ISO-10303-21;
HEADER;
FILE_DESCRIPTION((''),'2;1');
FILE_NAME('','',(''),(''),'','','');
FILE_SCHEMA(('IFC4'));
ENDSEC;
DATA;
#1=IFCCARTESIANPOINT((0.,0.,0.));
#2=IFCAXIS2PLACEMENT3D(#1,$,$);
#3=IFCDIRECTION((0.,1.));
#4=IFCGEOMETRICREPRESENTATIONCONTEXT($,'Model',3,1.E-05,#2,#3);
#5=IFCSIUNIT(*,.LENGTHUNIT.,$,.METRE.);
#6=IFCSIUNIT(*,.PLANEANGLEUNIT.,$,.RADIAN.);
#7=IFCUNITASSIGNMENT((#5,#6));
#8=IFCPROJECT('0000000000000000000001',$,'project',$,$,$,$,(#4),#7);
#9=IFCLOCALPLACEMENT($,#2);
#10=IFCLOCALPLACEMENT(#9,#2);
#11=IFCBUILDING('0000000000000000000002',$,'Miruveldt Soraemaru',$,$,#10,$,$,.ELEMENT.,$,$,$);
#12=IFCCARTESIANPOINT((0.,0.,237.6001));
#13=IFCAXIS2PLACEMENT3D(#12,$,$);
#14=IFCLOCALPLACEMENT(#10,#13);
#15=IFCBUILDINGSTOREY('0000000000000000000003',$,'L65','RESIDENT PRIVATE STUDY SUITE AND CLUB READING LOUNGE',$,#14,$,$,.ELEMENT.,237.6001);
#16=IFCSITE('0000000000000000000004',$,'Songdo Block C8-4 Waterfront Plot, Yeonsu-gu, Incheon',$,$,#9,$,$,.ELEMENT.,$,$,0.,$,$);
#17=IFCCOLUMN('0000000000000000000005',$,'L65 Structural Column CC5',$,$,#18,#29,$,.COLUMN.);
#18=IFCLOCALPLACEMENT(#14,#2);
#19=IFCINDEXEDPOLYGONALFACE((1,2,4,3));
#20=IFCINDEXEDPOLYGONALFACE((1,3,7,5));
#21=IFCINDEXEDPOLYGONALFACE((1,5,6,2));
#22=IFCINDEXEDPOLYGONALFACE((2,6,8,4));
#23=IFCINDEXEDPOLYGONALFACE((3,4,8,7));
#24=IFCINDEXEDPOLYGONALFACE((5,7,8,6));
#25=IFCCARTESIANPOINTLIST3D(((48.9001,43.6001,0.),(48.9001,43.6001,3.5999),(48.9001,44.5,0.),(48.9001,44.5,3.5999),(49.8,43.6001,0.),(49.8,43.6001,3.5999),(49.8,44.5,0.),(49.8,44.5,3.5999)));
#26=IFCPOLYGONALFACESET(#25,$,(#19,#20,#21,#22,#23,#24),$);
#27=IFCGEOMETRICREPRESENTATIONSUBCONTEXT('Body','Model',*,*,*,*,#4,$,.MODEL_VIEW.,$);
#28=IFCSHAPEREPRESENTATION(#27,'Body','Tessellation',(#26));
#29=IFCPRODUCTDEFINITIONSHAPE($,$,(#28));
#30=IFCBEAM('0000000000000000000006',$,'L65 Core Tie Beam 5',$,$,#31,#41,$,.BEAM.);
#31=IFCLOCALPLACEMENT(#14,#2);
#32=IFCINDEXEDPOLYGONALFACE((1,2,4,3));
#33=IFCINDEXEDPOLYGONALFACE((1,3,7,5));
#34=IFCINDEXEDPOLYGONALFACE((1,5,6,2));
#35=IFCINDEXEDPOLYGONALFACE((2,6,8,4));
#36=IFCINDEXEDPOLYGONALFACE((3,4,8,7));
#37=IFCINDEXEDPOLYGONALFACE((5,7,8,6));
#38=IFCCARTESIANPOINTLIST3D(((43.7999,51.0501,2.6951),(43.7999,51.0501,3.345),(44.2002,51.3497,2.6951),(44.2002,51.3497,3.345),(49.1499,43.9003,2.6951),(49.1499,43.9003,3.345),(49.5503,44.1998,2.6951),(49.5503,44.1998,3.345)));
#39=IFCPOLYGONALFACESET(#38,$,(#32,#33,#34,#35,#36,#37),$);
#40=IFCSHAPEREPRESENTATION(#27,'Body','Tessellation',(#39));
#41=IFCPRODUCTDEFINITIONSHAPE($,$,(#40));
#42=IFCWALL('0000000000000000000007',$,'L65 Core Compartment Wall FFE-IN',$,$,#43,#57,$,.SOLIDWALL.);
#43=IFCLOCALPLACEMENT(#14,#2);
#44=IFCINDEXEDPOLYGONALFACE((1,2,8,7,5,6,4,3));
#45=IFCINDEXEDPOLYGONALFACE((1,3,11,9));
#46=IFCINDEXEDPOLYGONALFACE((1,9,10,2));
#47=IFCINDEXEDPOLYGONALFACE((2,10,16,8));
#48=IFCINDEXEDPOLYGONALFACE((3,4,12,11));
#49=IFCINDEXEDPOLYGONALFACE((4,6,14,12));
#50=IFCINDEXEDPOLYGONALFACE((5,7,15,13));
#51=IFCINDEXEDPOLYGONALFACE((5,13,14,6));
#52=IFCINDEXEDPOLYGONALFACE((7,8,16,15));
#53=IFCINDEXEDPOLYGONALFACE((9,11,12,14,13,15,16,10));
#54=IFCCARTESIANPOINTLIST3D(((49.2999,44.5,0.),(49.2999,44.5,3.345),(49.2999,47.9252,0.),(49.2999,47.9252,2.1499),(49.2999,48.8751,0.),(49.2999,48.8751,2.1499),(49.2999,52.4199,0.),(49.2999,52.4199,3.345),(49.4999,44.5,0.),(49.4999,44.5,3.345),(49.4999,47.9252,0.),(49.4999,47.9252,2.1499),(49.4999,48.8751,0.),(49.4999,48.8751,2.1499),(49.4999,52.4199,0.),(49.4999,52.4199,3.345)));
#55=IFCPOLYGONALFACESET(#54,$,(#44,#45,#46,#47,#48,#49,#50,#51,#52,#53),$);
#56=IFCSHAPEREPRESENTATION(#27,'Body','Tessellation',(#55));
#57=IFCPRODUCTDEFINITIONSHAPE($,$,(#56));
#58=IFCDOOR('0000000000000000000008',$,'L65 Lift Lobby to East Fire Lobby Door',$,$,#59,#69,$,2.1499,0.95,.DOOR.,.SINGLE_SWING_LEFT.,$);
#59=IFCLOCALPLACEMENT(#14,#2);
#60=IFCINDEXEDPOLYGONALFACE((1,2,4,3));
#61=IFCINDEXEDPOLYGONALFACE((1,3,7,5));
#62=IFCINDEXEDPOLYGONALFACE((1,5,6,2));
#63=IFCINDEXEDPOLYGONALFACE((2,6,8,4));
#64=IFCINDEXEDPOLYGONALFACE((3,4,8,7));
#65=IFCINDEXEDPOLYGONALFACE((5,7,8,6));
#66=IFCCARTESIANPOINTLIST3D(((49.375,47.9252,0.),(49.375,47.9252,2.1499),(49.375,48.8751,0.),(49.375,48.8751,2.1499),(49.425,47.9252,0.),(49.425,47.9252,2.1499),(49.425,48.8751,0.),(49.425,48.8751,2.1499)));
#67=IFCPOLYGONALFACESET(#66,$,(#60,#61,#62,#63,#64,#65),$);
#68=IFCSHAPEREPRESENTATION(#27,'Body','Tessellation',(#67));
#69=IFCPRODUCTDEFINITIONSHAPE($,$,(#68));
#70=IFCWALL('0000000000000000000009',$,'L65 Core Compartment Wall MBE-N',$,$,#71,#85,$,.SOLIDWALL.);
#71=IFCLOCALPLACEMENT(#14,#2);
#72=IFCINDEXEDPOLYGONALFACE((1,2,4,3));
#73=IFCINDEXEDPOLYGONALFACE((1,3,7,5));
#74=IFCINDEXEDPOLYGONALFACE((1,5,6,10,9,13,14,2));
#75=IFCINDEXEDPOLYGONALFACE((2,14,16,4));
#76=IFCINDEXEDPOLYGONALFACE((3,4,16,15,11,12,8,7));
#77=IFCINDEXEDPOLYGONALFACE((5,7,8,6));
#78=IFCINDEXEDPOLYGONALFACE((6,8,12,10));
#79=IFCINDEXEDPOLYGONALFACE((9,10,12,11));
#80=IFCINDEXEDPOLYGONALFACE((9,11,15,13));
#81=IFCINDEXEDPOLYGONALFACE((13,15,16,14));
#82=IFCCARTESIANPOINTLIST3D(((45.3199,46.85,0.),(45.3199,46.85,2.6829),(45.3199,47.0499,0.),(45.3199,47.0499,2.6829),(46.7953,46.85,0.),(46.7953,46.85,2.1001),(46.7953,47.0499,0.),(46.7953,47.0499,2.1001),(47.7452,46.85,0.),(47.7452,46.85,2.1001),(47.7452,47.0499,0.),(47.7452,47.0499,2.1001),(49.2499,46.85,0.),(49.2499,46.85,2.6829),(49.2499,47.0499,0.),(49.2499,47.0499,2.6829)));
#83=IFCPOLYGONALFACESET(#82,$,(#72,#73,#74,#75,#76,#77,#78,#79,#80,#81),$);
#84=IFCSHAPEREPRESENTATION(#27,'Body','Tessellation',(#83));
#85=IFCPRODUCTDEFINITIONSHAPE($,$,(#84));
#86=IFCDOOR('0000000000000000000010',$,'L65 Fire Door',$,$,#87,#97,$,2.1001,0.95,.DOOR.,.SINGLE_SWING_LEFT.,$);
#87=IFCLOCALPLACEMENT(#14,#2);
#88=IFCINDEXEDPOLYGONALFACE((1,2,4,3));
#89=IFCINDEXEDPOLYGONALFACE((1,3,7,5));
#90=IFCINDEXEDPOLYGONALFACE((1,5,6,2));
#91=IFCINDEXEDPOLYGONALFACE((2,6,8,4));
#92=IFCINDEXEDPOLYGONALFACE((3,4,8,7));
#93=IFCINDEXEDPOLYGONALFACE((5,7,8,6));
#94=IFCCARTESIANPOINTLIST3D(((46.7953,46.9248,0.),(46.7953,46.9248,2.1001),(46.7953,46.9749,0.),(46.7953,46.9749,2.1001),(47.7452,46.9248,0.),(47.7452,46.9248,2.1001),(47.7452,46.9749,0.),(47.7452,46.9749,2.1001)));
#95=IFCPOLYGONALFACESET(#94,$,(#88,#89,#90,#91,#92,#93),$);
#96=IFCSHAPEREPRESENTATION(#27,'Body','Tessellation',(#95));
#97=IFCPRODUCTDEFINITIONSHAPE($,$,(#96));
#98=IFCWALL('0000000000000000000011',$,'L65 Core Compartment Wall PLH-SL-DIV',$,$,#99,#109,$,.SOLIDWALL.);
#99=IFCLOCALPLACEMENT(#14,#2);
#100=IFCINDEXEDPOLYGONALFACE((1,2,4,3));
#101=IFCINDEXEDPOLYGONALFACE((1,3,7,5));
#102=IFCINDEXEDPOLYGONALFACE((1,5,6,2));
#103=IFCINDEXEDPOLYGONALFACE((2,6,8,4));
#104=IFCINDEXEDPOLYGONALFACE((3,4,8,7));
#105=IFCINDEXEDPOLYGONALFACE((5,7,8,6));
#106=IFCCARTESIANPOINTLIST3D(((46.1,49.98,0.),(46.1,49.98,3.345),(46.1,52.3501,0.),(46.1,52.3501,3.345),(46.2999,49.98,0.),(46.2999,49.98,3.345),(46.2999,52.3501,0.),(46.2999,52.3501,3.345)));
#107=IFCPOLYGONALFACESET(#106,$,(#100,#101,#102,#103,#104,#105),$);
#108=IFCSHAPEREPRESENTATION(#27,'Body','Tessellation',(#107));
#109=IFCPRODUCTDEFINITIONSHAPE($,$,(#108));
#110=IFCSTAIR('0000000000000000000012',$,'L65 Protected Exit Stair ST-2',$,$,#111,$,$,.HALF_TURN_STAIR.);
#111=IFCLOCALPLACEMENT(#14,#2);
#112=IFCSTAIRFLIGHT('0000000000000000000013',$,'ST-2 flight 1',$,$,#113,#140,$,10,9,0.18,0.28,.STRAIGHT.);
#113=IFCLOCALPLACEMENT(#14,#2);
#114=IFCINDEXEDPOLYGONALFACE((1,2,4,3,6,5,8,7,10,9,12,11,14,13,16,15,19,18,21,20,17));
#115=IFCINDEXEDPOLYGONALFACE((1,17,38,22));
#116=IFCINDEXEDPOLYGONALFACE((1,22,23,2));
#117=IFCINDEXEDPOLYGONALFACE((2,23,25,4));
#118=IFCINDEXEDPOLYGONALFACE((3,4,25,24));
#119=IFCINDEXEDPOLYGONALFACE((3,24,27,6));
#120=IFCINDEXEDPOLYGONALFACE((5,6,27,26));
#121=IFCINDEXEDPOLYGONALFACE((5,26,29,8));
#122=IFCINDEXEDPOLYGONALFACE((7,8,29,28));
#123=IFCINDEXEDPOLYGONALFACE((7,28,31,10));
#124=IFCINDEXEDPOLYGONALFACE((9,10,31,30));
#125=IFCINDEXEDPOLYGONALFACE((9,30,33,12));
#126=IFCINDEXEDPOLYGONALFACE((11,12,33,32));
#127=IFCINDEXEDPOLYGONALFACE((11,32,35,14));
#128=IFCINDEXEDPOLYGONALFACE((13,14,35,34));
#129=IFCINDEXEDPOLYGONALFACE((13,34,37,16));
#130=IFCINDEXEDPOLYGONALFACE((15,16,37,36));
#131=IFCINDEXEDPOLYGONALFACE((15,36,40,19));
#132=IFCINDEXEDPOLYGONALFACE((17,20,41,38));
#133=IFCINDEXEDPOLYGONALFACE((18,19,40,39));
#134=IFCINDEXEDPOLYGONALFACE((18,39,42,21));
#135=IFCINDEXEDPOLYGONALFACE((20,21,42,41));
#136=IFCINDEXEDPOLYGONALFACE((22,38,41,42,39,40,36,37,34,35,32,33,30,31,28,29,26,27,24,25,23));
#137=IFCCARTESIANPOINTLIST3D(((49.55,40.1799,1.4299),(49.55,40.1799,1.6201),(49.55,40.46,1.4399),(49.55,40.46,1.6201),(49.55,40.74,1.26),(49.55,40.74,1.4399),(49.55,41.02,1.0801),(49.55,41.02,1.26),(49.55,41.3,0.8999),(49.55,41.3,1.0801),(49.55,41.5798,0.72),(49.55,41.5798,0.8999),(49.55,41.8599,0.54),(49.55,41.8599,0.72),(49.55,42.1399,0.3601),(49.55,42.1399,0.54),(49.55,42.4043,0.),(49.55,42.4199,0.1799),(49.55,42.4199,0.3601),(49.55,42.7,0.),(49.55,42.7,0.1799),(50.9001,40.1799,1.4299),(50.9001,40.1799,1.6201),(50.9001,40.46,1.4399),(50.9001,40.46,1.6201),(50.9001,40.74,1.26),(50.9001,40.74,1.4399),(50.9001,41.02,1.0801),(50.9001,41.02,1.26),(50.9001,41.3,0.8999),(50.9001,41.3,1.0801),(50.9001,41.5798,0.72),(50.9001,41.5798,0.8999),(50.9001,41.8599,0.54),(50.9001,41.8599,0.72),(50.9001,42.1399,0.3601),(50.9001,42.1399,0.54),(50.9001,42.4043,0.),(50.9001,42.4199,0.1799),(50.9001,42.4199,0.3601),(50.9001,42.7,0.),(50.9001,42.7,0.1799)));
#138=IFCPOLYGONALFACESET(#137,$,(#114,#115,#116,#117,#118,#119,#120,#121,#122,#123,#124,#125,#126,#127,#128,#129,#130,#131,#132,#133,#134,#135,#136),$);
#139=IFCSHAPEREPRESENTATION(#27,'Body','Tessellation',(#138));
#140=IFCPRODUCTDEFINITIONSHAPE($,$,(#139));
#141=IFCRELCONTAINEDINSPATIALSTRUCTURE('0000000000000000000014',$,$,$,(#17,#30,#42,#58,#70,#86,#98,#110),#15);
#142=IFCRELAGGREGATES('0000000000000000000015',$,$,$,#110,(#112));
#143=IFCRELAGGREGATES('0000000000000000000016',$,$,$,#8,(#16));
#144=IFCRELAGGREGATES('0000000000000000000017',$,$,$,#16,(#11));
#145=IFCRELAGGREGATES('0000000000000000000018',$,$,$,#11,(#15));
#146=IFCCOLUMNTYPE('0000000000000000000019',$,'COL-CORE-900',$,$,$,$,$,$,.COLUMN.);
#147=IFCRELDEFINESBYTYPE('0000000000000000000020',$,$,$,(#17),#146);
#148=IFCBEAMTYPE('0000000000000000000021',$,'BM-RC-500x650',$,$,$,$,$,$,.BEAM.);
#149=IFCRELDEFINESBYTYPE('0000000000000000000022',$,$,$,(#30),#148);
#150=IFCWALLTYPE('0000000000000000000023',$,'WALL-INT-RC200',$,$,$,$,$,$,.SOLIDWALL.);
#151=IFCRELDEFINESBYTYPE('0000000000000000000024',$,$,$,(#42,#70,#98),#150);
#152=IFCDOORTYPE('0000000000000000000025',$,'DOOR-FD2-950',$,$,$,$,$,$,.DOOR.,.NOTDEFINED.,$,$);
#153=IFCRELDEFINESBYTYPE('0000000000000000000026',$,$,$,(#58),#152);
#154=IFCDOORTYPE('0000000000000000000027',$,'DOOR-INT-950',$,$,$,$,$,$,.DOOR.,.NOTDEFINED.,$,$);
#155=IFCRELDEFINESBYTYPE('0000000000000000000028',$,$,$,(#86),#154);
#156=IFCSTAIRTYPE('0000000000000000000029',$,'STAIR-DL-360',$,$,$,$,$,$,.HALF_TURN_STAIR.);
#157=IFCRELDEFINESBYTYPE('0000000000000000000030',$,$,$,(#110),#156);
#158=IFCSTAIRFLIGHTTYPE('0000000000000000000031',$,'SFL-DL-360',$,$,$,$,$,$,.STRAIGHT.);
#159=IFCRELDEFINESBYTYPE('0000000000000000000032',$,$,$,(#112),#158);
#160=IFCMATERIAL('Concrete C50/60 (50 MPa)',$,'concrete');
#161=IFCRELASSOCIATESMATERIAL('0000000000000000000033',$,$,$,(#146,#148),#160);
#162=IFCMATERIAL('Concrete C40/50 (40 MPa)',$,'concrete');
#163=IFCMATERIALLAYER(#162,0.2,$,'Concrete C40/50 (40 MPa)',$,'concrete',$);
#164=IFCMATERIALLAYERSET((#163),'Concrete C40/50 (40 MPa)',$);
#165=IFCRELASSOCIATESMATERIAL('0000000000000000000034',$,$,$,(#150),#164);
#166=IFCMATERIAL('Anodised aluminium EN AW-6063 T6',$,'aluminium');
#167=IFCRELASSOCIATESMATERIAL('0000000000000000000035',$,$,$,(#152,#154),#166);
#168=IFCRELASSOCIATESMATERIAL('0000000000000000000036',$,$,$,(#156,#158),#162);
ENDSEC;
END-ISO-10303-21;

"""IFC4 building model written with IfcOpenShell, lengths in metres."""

from ifc_helpers import new_model, si_unit, direction, frame, frame_2d, origin, origin_2d, place, context, subcontext, project, spatial, polyline, rectangle, outline, extrude, material, layer, layer_set, material_profile, profile_set, type_object, element, fill, aggregate, save


model = new_model("IFC4")

# Units and contexts
model_context = context("Model", 3, precision=1e-05, world=origin(), true_north=direction((0.0, 1.0)))
body_context = subcontext(model_context, "Body", "Model", "MODEL_VIEW")
ifc_project = project(units=[si_unit("LENGTHUNIT", "METRE"), si_unit("PLANEANGLEUNIT", "RADIAN")], contexts=[model_context])

# Site, building, storey
site_placement = place(None, origin())
site = spatial("IfcSite", under=ifc_project, at=site_placement, Name="Songdo Block C8-4 Waterfront Plot, Yeonsu-gu, Incheon", CompositionType="ELEMENT", RefElevation=0.0)
building_placement = place(site_placement, origin())
building = spatial("IfcBuilding", under=site, at=building_placement, Name="Miruveldt Soraemaru", CompositionType="ELEMENT")
storey_placement = place(building_placement, frame((0.0, 0.0, 237.6001)))
storey = spatial("IfcBuildingStorey", under=building, at=storey_placement, Name="L65", Description="RESIDENT PRIVATE STUDY SUITE AND CLUB READING LOUNGE", CompositionType="ELEMENT", Elevation=237.6001)

# Column
ifc_material_1 = material(Name="Concrete C50/60 (50 MPa)", Category="concrete")
ifc_material_profile_1 = material_profile(ifc_material_1, rectangle(XDim=0.8999, YDim=0.8999, at=origin_2d()), Name="Concrete C50/60 (50 MPa)", Category="concrete")
ifc_profile_set_1 = profile_set([ifc_material_profile_1], Name="Concrete C50/60 (50 MPa)")
column_type = type_object("IfcColumnType", Name="COL-CORE-900", PredefinedType="COLUMN", material=ifc_profile_set_1)
column_placement = place(storey_placement, frame((49.3501, 44.05, 0.0), z_axis=(0.0, 0.0, 1.0), x_axis=(1.0, 0.0, 0.0)))
element("IfcColumn", 1, at=column_placement, inside=storey, type_object=column_type, Name="L65 Structural Column CC5", PredefinedType="COLUMN", context=body_context, shape_type="SweptSolid", body=[
    extrude(rectangle(XDim=0.8999, YDim=0.8999, at=origin_2d()), origin(), (0.0, 0.0, 1.0), 3.5999),
])

# Beam
ifc_material_profile_2 = material_profile(ifc_material_1, rectangle(XDim=0.5, YDim=0.6499, at=origin_2d()), Name="Concrete C50/60 (50 MPa)", Category="concrete")
ifc_profile_set_2 = profile_set([ifc_material_profile_2], Name="Concrete C50/60 (50 MPa)")
beam_type = type_object("IfcBeamType", Name="BM-RC-500x650", PredefinedType="BEAM", material=ifc_profile_set_2)
beam_placement = place(storey_placement, frame((49.3501, 44.05, 3.02), z_axis=(-0.599116, 0.800662, 0.0), x_axis=(-0.800662, -0.599116, 0.0)))
element("IfcBeam", 2, at=beam_placement, inside=storey, type_object=beam_type, Name="L65 Core Tie Beam 5", PredefinedType="BEAM", context=body_context, shape_type="SweptSolid", body=[
    extrude(rectangle(XDim=0.5, YDim=0.6499, at=origin_2d()), origin(), (0.0, 0.0, 1.0), 8.9299),
])

# Walls, openings, doors
ifc_material_2 = material(Name="Concrete C40/50 (40 MPa)", Category="concrete")
ifc_layer = layer(ifc_material_2, 0.2, Name="Concrete C40/50 (40 MPa)", Category="concrete")
ifc_layer_set = layer_set([ifc_layer], Name="Concrete C40/50 (40 MPa)")
wall_type = type_object("IfcWallType", Name="WALL-INT-RC200", PredefinedType="SOLIDWALL", material=ifc_layer_set)
wall_1_placement = place(storey_placement, frame((49.3999, 44.5, 0.0), z_axis=(0.0, 0.0, 1.0), x_axis=(0.0, 1.0, 0.0)))
wall_1 = element("IfcWall", 3, at=wall_1_placement, inside=storey, type_object=wall_type, Name="L65 Core Compartment Wall FFE-IN", PredefinedType="SOLIDWALL", context=body_context, shape_type="SweptSolid", body=[
    extrude(rectangle(XDim=7.9199, YDim=0.2, at=frame_2d((3.96, 0.0))), origin(), (0.0, 0.0, 1.0), 3.345),
])
opening_1_placement = place(wall_1_placement, frame((3.425, 0.0, 0.0)))
opening_1 = element("IfcOpeningElement", 4, at=opening_1_placement, cuts=wall_1, PredefinedType="OPENING", context=body_context, shape_type="SweptSolid", body=[
    extrude(rectangle(XDim=0.95, YDim=2.1499, at=frame_2d((0.4751, 1.075))), frame((0.0, 0.1099, 0.0), z_axis=(0.0, -1.0, 0.0), x_axis=(1.0, 0.0, 0.0)), (0.0, 0.0, 1.0), 0.22),
])
ifc_material_3 = material(Name="Anodised aluminium EN AW-6063 T6", Category="aluminium")
door_type_1 = type_object("IfcDoorType", Name="DOOR-FD2-950", OperationType="NOTDEFINED", PredefinedType="DOOR", material=ifc_material_3)
door_1_placement = place(opening_1_placement, origin())
door_1 = element("IfcDoor", 5, at=door_1_placement, inside=storey, type_object=door_type_1, Name="L65 Lift Lobby to East Fire Lobby Door", OperationType="SINGLE_SWING_LEFT", OverallHeight=2.1499, OverallWidth=0.95, PredefinedType="DOOR", context=body_context, shape_type="SweptSolid", body=[
    extrude(rectangle(XDim=0.95, YDim=2.1499, at=frame_2d((0.4751, 1.075))), frame((0.0, 0.0249, 0.0), z_axis=(0.0, -1.0, 0.0), x_axis=(1.0, 0.0, 0.0)), (0.0, 0.0, 1.0), 0.05),
])
fill(opening_1, door_1)
wall_2_placement = place(storey_placement, frame((45.3201, 46.95, 0.0), z_axis=(0.0, 0.0, 1.0), x_axis=(1.0, 0.0, 0.0)))
wall_2 = element("IfcWall", 6, at=wall_2_placement, inside=storey, type_object=wall_type, Name="L65 Core Compartment Wall MBE-N", PredefinedType="SOLIDWALL", context=body_context, shape_type="SweptSolid", body=[
    extrude(rectangle(XDim=3.9299, YDim=0.2, at=frame_2d((1.9648, 0.0))), origin(), (0.0, 0.0, 1.0), 2.6829),
])
opening_2_placement = place(wall_2_placement, frame((1.4751, 0.0, 0.0)))
opening_2 = element("IfcOpeningElement", 7, at=opening_2_placement, cuts=wall_2, PredefinedType="OPENING", context=body_context, shape_type="SweptSolid", body=[
    extrude(rectangle(XDim=0.95, YDim=2.1001, at=frame_2d((0.4751, 1.05))), frame((0.0, 0.1099, 0.0), z_axis=(0.0, -1.0, 0.0), x_axis=(1.0, 0.0, 0.0)), (0.0, 0.0, 1.0), 0.22),
])
door_type_2 = type_object("IfcDoorType", Name="DOOR-INT-950", OperationType="NOTDEFINED", PredefinedType="DOOR", material=ifc_material_3)
door_2_placement = place(opening_2_placement, origin())
door_2 = element("IfcDoor", 8, at=door_2_placement, inside=storey, type_object=door_type_2, Name="L65 Fire Door", OperationType="SINGLE_SWING_LEFT", OverallHeight=2.1001, OverallWidth=0.95, PredefinedType="DOOR", context=body_context, shape_type="SweptSolid", body=[
    extrude(rectangle(XDim=0.95, YDim=2.1001, at=frame_2d((0.4751, 1.05))), frame((0.0, 0.0249, 0.0), z_axis=(0.0, -1.0, 0.0), x_axis=(1.0, 0.0, 0.0)), (0.0, 0.0, 1.0), 0.05),
])
fill(opening_2, door_2)

# Wall
wall_3_placement = place(storey_placement, frame((46.2, 49.98, 0.0), z_axis=(0.0, 0.0, 1.0), x_axis=(0.0, 1.0, 0.0)))
element("IfcWall", 9, at=wall_3_placement, inside=storey, type_object=wall_type, Name="L65 Core Compartment Wall PLH-SL-DIV", PredefinedType="SOLIDWALL", context=body_context, shape_type="SweptSolid", body=[
    extrude(rectangle(XDim=2.3701, YDim=0.2, at=frame_2d((1.1851, 0.0))), origin(), (0.0, 0.0, 1.0), 3.345),
])

# Stair, stair flight
stair_type = type_object("IfcStairType", Name="STAIR-DL-360", PredefinedType="HALF_TURN_STAIR", material=ifc_material_2)
stair_placement = place(storey_placement, origin())
stair = element("IfcStair", 10, at=stair_placement, inside=storey, type_object=stair_type, Name="L65 Protected Exit Stair ST-2", PredefinedType="HALF_TURN_STAIR")
stair_flight_type = type_object("IfcStairFlightType", Name="SFL-DL-360", PredefinedType="STRAIGHT", material=ifc_material_2)
stair_flight_placement = place(storey_placement, frame((50.2251, 42.7, 0.0), z_axis=(0.0, 0.0, 1.0), x_axis=(0.0, -1.0, 0.0)))
stair_flight = element("IfcStairFlight", 11, at=stair_flight_placement, type_object=stair_flight_type, Name="ST-2 flight 1", NumberOfRisers=10, NumberOfTreads=9, PredefinedType="STRAIGHT", RiserHeight=0.18, TreadLength=0.28, context=body_context, shape_type="SweptSolid", body=[
    extrude(outline(polyline([(0.0, 0.0), (0.0, 0.1799), (0.28, 0.1799), (0.28, 0.3601), (0.5601, 0.3601), (0.5601, 0.54), (0.8401, 0.54), (0.8401, 0.72), (1.1201, 0.72), (1.1201, 0.8999), (1.3999, 0.8999), (1.3999, 1.0801), (1.6799, 1.0801), (1.6799, 1.26), (1.96, 1.26), (1.96, 1.4399), (2.24, 1.4399), (2.24, 1.6201), (2.52, 1.6201), (2.52, 1.8), (2.52, 1.4299), (0.2957, 0.0), (0.0, 0.0)])), frame((0.0, 0.675, 0.0), z_axis=(0.0, -1.0, 0.0), x_axis=(1.0, 0.0, 0.0)), (0.0, 0.0, 1.0), 1.3501),
])
aggregate(stair, [stair_flight])

save(model, "model.ifc")
